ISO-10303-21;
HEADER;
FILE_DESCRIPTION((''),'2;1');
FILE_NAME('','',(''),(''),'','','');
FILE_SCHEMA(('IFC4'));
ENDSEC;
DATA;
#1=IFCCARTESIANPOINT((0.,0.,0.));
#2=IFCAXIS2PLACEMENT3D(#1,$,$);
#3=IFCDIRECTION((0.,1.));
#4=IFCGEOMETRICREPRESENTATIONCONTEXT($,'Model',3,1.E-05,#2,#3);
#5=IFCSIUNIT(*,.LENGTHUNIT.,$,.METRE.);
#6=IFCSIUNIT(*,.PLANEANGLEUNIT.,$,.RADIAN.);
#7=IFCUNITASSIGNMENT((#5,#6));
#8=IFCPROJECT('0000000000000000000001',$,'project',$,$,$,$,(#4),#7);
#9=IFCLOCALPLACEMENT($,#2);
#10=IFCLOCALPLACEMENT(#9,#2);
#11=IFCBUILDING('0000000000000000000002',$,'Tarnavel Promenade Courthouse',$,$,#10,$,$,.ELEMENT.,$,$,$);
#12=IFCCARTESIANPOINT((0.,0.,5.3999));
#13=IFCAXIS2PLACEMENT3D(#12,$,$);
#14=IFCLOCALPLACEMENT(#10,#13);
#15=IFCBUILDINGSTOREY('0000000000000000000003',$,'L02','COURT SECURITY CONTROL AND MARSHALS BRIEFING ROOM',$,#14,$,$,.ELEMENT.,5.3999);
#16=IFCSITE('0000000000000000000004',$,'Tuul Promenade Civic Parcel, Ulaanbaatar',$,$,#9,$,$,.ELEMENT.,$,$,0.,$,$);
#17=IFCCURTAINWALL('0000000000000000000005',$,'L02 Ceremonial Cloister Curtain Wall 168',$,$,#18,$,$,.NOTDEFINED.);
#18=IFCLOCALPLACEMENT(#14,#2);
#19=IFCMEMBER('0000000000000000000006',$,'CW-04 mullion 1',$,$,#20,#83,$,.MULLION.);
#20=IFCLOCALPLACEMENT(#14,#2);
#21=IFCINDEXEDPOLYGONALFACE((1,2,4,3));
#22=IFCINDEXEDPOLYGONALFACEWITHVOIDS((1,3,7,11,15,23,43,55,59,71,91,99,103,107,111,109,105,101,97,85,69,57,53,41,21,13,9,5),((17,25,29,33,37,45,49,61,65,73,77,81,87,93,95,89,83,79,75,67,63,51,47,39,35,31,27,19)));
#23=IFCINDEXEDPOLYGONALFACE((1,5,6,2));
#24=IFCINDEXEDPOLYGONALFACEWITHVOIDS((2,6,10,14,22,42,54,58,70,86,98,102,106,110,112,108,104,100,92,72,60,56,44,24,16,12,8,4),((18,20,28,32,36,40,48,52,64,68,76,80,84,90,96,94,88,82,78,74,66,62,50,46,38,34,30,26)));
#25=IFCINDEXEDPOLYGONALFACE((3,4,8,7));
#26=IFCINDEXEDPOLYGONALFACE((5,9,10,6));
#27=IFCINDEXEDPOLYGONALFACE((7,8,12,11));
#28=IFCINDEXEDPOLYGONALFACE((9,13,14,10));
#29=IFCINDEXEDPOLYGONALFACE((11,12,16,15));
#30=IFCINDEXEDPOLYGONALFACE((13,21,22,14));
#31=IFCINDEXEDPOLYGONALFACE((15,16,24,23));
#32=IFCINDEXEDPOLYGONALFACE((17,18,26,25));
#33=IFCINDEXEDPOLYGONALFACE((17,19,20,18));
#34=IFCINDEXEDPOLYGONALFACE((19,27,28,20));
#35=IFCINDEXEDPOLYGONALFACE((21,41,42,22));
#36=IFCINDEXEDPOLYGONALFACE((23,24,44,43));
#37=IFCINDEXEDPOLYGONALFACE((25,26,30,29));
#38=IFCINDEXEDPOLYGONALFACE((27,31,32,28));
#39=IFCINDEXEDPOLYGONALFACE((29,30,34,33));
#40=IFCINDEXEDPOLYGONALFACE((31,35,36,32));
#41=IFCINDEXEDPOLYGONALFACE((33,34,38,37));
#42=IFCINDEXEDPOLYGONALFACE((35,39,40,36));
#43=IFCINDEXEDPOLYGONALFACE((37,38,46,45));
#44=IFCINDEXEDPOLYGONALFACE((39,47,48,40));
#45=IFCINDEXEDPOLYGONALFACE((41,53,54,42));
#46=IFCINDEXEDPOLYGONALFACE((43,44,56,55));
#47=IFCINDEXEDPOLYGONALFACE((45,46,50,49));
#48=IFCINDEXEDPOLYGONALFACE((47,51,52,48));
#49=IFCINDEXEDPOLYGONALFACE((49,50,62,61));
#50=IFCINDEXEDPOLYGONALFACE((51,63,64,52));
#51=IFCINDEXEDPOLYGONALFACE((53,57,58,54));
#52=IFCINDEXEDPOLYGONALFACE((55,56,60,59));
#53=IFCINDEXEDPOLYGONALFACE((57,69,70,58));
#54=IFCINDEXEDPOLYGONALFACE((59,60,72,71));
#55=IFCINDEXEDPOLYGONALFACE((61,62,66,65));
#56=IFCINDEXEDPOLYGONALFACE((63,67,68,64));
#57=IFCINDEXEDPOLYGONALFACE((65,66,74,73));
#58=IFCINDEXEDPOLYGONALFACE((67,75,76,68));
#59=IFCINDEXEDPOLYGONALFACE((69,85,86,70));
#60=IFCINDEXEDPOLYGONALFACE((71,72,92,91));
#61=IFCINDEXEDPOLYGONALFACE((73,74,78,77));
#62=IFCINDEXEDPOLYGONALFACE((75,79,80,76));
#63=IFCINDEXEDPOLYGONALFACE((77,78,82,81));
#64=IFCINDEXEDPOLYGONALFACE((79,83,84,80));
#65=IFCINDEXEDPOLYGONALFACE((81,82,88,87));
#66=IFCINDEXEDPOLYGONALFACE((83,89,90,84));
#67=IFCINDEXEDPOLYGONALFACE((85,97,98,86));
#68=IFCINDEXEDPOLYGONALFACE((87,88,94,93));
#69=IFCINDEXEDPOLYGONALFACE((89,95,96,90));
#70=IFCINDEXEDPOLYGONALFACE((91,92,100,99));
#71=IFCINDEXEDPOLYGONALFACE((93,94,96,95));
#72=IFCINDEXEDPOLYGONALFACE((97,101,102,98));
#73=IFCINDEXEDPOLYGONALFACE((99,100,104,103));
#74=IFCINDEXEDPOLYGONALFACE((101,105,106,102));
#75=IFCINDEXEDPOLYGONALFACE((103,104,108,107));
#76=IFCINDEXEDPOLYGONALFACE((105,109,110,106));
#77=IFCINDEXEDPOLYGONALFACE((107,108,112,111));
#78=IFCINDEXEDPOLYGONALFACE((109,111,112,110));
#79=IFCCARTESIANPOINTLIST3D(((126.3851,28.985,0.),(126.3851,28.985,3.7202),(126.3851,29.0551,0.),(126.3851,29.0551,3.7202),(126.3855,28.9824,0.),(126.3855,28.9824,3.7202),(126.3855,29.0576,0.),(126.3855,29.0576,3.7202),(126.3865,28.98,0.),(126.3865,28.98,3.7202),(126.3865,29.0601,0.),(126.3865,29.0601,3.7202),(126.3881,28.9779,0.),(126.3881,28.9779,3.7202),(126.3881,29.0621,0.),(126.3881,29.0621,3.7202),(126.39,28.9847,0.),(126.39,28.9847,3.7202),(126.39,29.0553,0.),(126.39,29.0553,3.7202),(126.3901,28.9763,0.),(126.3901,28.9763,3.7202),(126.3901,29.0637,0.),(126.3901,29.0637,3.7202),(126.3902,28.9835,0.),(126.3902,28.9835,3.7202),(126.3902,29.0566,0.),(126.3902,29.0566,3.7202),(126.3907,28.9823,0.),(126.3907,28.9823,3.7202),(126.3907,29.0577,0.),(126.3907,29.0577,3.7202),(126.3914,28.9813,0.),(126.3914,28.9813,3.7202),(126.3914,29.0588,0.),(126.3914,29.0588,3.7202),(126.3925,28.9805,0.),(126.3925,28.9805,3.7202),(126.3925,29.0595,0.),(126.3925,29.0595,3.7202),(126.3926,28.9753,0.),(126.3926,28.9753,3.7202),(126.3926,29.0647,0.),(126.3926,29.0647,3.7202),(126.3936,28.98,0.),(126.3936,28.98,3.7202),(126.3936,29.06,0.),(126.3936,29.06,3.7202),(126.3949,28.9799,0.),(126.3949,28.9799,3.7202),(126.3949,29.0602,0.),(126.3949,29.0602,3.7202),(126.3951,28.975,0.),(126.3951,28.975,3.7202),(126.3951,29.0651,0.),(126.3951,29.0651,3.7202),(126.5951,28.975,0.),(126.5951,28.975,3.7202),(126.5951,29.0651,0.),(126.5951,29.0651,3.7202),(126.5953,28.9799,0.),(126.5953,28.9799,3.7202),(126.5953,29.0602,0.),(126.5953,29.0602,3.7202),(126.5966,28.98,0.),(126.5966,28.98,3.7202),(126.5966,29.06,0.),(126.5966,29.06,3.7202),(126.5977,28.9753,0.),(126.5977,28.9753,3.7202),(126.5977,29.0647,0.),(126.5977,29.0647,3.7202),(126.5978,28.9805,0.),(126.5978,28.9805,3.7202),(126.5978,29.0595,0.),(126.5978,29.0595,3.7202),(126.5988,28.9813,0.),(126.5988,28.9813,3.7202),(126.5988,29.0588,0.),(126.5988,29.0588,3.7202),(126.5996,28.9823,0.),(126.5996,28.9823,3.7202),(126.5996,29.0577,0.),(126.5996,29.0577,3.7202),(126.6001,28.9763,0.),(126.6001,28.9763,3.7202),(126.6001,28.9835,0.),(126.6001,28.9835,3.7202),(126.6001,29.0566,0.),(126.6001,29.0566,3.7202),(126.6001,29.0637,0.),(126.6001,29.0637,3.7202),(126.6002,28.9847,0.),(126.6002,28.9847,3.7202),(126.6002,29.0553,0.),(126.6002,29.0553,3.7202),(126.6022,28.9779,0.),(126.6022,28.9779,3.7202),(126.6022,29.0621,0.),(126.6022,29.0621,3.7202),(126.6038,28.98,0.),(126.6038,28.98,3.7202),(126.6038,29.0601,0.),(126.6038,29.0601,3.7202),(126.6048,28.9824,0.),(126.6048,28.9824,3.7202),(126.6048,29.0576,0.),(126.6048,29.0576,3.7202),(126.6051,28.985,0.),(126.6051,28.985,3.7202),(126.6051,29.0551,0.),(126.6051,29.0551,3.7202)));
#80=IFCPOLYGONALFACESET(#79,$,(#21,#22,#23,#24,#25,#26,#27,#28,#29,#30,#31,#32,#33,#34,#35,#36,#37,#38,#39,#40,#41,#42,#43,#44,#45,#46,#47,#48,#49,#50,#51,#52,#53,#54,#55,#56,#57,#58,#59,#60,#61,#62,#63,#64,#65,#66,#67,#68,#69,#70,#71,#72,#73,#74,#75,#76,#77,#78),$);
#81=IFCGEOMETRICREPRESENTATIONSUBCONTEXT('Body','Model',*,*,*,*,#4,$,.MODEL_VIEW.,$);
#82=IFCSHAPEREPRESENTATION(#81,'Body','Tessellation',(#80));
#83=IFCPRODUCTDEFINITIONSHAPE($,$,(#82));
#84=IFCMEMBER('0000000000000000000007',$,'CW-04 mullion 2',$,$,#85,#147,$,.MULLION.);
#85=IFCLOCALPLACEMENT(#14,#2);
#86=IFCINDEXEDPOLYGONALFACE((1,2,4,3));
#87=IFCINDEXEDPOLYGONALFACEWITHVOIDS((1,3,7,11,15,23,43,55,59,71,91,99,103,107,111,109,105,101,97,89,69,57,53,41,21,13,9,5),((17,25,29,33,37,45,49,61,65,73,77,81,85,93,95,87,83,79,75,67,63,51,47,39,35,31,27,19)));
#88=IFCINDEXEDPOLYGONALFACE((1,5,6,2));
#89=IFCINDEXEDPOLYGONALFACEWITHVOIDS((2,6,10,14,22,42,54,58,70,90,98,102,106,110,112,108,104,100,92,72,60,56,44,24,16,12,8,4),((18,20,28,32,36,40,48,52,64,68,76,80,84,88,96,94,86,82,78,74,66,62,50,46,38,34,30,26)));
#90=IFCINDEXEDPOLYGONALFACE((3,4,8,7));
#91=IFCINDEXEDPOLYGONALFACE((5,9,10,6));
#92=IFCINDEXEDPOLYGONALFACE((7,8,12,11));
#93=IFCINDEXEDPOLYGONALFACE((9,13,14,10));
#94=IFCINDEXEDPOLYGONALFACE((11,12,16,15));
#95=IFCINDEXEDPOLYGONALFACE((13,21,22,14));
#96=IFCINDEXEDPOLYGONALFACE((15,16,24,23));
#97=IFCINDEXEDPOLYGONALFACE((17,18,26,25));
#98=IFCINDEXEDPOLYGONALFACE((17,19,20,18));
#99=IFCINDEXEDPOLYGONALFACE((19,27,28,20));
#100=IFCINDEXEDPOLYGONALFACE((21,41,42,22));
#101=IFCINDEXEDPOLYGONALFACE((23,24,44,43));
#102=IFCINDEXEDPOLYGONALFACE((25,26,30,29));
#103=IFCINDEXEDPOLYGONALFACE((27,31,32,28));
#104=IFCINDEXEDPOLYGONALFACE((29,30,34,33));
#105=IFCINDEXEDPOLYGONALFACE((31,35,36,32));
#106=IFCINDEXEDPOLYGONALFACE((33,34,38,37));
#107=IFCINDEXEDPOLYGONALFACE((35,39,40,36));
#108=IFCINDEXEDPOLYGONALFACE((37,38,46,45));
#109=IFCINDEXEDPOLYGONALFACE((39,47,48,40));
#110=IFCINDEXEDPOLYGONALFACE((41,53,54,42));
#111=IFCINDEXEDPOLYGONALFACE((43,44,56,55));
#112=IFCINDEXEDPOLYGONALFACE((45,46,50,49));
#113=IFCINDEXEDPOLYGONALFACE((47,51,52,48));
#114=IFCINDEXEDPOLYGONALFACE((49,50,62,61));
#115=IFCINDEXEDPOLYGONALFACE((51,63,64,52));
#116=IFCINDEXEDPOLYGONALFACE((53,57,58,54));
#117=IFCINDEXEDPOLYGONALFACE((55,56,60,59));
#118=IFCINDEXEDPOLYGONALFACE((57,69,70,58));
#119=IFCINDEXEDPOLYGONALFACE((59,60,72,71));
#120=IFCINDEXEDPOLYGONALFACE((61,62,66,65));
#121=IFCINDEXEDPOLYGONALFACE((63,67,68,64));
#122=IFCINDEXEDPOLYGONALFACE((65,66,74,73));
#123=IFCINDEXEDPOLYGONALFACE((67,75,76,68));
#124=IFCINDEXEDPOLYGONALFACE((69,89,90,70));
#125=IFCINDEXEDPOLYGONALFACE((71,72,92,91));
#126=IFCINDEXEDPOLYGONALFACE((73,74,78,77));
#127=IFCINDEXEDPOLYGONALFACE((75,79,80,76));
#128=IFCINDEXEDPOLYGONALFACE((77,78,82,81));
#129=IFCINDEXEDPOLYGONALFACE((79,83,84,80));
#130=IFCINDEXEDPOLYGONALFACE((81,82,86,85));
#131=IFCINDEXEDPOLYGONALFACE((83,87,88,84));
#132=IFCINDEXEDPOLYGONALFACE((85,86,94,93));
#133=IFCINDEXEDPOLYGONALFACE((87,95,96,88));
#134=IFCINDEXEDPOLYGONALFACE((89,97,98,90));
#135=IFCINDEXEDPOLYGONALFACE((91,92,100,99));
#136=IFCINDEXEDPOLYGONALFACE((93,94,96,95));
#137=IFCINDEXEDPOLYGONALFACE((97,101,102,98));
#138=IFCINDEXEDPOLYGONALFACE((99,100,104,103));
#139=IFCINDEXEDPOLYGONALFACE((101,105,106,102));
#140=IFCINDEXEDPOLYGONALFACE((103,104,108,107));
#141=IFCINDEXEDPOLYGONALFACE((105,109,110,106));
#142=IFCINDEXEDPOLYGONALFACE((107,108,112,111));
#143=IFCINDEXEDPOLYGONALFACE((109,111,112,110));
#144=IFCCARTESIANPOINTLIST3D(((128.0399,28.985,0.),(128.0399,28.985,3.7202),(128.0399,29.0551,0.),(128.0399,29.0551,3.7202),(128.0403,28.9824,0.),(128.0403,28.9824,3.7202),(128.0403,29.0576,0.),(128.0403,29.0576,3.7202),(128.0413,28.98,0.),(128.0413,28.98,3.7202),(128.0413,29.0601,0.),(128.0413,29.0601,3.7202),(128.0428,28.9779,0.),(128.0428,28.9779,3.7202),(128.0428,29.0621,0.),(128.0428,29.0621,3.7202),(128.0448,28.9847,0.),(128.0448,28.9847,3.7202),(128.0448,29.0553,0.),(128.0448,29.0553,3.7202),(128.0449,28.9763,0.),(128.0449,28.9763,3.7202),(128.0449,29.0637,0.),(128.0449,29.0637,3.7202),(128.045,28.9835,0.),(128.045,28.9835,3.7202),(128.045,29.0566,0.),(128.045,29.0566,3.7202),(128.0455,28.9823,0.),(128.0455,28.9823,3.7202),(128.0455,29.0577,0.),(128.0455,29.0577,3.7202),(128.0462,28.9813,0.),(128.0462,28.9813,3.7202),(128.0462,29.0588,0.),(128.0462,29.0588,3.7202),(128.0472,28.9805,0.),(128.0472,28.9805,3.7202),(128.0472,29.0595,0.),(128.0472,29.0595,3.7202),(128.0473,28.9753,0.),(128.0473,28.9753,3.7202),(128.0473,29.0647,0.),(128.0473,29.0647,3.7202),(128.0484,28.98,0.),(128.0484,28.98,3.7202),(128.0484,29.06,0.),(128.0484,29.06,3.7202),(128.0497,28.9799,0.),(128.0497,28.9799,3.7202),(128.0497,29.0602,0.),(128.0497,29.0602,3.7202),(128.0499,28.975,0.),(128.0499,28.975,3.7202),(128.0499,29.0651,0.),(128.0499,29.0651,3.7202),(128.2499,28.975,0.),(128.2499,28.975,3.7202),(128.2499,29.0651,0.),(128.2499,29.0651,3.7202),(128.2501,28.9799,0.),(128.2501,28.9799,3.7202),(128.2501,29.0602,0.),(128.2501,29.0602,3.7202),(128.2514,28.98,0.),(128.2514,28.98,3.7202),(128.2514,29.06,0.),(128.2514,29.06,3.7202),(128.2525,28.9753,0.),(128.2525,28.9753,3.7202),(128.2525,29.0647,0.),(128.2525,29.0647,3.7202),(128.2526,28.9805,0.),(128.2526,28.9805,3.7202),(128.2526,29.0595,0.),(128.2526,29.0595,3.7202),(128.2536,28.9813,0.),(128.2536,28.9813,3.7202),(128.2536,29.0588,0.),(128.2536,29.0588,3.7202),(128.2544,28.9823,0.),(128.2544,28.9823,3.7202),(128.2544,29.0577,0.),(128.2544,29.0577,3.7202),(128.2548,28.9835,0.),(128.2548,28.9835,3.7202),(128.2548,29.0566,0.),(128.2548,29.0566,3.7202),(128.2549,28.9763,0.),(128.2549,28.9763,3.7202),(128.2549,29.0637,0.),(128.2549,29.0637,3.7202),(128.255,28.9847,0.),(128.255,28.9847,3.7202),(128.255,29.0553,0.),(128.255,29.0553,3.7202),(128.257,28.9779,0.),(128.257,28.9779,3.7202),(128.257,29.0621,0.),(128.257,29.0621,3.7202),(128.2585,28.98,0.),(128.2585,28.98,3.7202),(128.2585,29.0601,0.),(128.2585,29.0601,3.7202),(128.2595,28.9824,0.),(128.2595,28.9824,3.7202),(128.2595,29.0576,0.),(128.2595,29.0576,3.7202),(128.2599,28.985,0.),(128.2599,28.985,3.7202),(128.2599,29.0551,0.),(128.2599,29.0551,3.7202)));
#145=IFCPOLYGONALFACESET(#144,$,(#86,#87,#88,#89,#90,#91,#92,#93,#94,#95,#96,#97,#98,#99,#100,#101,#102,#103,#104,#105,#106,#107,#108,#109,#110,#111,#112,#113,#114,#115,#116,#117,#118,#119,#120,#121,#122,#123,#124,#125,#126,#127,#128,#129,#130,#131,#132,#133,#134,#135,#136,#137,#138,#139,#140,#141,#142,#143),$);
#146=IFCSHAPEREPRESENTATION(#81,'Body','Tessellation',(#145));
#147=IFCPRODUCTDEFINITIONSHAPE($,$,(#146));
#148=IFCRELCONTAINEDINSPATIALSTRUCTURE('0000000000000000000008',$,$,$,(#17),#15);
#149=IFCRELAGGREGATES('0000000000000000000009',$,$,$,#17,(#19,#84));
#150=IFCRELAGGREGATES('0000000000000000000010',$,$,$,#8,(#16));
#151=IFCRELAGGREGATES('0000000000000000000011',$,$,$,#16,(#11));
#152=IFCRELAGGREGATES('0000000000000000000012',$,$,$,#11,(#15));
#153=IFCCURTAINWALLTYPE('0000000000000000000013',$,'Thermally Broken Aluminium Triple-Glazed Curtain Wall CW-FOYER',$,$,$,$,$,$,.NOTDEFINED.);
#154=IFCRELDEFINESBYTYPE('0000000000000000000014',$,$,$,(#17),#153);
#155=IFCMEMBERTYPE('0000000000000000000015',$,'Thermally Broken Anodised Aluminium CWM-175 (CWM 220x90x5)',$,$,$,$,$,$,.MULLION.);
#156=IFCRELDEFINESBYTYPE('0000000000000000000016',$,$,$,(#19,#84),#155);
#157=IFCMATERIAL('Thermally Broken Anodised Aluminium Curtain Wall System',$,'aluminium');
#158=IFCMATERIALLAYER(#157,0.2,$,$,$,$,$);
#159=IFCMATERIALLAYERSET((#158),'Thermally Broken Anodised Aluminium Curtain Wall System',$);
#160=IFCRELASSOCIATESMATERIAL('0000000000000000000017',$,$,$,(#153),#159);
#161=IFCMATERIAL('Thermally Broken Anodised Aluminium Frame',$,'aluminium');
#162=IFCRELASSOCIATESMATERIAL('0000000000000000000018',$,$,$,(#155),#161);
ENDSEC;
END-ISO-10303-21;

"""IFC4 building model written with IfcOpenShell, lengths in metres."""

from ifc_helpers import new_model, si_unit, direction, frame, origin, origin_2d, place, context, subcontext, project, spatial, hollow_rectangle, extrude, material, layer, layer_set, material_profile, profile_set, type_object, element, aggregate, save


model = new_model("IFC4")

# Units and contexts
model_context = context("Model", 3, precision=1e-05, world=origin(), true_north=direction((0.0, 1.0)))
body_context = subcontext(model_context, "Body", "Model", "MODEL_VIEW")
ifc_project = project(units=[si_unit("LENGTHUNIT", "METRE"), si_unit("PLANEANGLEUNIT", "RADIAN")], contexts=[model_context])

# Site, building, storey
site_placement = place(None, origin())
site = spatial("IfcSite", under=ifc_project, at=site_placement, Name="Tuul Promenade Civic Parcel, Ulaanbaatar", CompositionType="ELEMENT", RefElevation=0.0)
building_placement = place(site_placement, origin())
building = spatial("IfcBuilding", under=site, at=building_placement, Name="Tarnavel Promenade Courthouse", CompositionType="ELEMENT")
storey_placement = place(building_placement, frame((0.0, 0.0, 5.3999)))
storey = spatial("IfcBuildingStorey", under=building, at=storey_placement, Name="L02", Description="COURT SECURITY CONTROL AND MARSHALS BRIEFING ROOM", CompositionType="ELEMENT", Elevation=5.3999)

# Curtain wall, members
ifc_material_1 = material(Name="Thermally Broken Anodised Aluminium Curtain Wall System", Category="aluminium")
ifc_layer_1 = layer(ifc_material_1, 0.2)
ifc_layer_set_1 = layer_set([ifc_layer_1], Name="Thermally Broken Anodised Aluminium Curtain Wall System")
curtain_wall_type = type_object("IfcCurtainWallType", Name="Thermally Broken Aluminium Triple-Glazed Curtain Wall CW-FOYER", PredefinedType="NOTDEFINED", material=ifc_layer_set_1)
ifc_material_2 = material(Name="Thermally Broken Anodised Aluminium Frame", Category="aluminium")
ifc_material_profile_1 = material_profile(ifc_material_2, hollow_rectangle(XDim=0.0901, YDim=0.22, WallThickness=0.0049, InnerFilletRadius=0.0049, OuterFilletRadius=0.01, at=origin_2d()), Name="CWM 220x90x5")
ifc_profile_set_1 = profile_set([ifc_material_profile_1], Name="Thermally Broken Anodised Aluminium Frame")
member_type_1 = type_object("IfcMemberType", Name="Thermally Broken Anodised Aluminium CWM-175 (CWM 220x90x5)", PredefinedType="MULLION", material=ifc_profile_set_1)
curtain_wall_1_placement = place(storey_placement, origin())
curtain_wall_1 = element("IfcCurtainWall", 1, at=curtain_wall_1_placement, inside=storey, type_object=curtain_wall_type, Name="L02 Ceremonial Cloister Curtain Wall 168", PredefinedType="NOTDEFINED")
member_1_placement = place(storey_placement, frame((126.4951, 29.02, 0.0), z_axis=(0.0, 0.0, 1.0), x_axis=(0.0, 1.0, 0.0)))
member_1 = element("IfcMember", 2, at=member_1_placement, type_object=member_type_1, Name="CW-04 mullion 1", PredefinedType="MULLION", context=body_context, shape_type="SweptSolid", body=[
    extrude(hollow_rectangle(XDim=0.0901, YDim=0.22, WallThickness=0.0049, InnerFilletRadius=0.0049, OuterFilletRadius=0.01, at=origin_2d()), origin(), (0.0, 0.0, 1.0), 3.7202),
])
member_2_placement = place(storey_placement, frame((128.1499, 29.02, 0.0), z_axis=(0.0, 0.0, 1.0), x_axis=(0.0, 1.0, 0.0)))
member_2 = element("IfcMember", 3, at=member_2_placement, type_object=member_type_1, Name="CW-04 mullion 2", PredefinedType="MULLION", context=body_context, shape_type="SweptSolid", body=[
    extrude(hollow_rectangle(XDim=0.0901, YDim=0.22, WallThickness=0.0049, InnerFilletRadius=0.0049, OuterFilletRadius=0.01, at=origin_2d()), origin(), (0.0, 0.0, 1.0), 3.7202),
])

aggregate(curtain_wall_1, [member_1, member_2])

save(model, "model.ifc")
